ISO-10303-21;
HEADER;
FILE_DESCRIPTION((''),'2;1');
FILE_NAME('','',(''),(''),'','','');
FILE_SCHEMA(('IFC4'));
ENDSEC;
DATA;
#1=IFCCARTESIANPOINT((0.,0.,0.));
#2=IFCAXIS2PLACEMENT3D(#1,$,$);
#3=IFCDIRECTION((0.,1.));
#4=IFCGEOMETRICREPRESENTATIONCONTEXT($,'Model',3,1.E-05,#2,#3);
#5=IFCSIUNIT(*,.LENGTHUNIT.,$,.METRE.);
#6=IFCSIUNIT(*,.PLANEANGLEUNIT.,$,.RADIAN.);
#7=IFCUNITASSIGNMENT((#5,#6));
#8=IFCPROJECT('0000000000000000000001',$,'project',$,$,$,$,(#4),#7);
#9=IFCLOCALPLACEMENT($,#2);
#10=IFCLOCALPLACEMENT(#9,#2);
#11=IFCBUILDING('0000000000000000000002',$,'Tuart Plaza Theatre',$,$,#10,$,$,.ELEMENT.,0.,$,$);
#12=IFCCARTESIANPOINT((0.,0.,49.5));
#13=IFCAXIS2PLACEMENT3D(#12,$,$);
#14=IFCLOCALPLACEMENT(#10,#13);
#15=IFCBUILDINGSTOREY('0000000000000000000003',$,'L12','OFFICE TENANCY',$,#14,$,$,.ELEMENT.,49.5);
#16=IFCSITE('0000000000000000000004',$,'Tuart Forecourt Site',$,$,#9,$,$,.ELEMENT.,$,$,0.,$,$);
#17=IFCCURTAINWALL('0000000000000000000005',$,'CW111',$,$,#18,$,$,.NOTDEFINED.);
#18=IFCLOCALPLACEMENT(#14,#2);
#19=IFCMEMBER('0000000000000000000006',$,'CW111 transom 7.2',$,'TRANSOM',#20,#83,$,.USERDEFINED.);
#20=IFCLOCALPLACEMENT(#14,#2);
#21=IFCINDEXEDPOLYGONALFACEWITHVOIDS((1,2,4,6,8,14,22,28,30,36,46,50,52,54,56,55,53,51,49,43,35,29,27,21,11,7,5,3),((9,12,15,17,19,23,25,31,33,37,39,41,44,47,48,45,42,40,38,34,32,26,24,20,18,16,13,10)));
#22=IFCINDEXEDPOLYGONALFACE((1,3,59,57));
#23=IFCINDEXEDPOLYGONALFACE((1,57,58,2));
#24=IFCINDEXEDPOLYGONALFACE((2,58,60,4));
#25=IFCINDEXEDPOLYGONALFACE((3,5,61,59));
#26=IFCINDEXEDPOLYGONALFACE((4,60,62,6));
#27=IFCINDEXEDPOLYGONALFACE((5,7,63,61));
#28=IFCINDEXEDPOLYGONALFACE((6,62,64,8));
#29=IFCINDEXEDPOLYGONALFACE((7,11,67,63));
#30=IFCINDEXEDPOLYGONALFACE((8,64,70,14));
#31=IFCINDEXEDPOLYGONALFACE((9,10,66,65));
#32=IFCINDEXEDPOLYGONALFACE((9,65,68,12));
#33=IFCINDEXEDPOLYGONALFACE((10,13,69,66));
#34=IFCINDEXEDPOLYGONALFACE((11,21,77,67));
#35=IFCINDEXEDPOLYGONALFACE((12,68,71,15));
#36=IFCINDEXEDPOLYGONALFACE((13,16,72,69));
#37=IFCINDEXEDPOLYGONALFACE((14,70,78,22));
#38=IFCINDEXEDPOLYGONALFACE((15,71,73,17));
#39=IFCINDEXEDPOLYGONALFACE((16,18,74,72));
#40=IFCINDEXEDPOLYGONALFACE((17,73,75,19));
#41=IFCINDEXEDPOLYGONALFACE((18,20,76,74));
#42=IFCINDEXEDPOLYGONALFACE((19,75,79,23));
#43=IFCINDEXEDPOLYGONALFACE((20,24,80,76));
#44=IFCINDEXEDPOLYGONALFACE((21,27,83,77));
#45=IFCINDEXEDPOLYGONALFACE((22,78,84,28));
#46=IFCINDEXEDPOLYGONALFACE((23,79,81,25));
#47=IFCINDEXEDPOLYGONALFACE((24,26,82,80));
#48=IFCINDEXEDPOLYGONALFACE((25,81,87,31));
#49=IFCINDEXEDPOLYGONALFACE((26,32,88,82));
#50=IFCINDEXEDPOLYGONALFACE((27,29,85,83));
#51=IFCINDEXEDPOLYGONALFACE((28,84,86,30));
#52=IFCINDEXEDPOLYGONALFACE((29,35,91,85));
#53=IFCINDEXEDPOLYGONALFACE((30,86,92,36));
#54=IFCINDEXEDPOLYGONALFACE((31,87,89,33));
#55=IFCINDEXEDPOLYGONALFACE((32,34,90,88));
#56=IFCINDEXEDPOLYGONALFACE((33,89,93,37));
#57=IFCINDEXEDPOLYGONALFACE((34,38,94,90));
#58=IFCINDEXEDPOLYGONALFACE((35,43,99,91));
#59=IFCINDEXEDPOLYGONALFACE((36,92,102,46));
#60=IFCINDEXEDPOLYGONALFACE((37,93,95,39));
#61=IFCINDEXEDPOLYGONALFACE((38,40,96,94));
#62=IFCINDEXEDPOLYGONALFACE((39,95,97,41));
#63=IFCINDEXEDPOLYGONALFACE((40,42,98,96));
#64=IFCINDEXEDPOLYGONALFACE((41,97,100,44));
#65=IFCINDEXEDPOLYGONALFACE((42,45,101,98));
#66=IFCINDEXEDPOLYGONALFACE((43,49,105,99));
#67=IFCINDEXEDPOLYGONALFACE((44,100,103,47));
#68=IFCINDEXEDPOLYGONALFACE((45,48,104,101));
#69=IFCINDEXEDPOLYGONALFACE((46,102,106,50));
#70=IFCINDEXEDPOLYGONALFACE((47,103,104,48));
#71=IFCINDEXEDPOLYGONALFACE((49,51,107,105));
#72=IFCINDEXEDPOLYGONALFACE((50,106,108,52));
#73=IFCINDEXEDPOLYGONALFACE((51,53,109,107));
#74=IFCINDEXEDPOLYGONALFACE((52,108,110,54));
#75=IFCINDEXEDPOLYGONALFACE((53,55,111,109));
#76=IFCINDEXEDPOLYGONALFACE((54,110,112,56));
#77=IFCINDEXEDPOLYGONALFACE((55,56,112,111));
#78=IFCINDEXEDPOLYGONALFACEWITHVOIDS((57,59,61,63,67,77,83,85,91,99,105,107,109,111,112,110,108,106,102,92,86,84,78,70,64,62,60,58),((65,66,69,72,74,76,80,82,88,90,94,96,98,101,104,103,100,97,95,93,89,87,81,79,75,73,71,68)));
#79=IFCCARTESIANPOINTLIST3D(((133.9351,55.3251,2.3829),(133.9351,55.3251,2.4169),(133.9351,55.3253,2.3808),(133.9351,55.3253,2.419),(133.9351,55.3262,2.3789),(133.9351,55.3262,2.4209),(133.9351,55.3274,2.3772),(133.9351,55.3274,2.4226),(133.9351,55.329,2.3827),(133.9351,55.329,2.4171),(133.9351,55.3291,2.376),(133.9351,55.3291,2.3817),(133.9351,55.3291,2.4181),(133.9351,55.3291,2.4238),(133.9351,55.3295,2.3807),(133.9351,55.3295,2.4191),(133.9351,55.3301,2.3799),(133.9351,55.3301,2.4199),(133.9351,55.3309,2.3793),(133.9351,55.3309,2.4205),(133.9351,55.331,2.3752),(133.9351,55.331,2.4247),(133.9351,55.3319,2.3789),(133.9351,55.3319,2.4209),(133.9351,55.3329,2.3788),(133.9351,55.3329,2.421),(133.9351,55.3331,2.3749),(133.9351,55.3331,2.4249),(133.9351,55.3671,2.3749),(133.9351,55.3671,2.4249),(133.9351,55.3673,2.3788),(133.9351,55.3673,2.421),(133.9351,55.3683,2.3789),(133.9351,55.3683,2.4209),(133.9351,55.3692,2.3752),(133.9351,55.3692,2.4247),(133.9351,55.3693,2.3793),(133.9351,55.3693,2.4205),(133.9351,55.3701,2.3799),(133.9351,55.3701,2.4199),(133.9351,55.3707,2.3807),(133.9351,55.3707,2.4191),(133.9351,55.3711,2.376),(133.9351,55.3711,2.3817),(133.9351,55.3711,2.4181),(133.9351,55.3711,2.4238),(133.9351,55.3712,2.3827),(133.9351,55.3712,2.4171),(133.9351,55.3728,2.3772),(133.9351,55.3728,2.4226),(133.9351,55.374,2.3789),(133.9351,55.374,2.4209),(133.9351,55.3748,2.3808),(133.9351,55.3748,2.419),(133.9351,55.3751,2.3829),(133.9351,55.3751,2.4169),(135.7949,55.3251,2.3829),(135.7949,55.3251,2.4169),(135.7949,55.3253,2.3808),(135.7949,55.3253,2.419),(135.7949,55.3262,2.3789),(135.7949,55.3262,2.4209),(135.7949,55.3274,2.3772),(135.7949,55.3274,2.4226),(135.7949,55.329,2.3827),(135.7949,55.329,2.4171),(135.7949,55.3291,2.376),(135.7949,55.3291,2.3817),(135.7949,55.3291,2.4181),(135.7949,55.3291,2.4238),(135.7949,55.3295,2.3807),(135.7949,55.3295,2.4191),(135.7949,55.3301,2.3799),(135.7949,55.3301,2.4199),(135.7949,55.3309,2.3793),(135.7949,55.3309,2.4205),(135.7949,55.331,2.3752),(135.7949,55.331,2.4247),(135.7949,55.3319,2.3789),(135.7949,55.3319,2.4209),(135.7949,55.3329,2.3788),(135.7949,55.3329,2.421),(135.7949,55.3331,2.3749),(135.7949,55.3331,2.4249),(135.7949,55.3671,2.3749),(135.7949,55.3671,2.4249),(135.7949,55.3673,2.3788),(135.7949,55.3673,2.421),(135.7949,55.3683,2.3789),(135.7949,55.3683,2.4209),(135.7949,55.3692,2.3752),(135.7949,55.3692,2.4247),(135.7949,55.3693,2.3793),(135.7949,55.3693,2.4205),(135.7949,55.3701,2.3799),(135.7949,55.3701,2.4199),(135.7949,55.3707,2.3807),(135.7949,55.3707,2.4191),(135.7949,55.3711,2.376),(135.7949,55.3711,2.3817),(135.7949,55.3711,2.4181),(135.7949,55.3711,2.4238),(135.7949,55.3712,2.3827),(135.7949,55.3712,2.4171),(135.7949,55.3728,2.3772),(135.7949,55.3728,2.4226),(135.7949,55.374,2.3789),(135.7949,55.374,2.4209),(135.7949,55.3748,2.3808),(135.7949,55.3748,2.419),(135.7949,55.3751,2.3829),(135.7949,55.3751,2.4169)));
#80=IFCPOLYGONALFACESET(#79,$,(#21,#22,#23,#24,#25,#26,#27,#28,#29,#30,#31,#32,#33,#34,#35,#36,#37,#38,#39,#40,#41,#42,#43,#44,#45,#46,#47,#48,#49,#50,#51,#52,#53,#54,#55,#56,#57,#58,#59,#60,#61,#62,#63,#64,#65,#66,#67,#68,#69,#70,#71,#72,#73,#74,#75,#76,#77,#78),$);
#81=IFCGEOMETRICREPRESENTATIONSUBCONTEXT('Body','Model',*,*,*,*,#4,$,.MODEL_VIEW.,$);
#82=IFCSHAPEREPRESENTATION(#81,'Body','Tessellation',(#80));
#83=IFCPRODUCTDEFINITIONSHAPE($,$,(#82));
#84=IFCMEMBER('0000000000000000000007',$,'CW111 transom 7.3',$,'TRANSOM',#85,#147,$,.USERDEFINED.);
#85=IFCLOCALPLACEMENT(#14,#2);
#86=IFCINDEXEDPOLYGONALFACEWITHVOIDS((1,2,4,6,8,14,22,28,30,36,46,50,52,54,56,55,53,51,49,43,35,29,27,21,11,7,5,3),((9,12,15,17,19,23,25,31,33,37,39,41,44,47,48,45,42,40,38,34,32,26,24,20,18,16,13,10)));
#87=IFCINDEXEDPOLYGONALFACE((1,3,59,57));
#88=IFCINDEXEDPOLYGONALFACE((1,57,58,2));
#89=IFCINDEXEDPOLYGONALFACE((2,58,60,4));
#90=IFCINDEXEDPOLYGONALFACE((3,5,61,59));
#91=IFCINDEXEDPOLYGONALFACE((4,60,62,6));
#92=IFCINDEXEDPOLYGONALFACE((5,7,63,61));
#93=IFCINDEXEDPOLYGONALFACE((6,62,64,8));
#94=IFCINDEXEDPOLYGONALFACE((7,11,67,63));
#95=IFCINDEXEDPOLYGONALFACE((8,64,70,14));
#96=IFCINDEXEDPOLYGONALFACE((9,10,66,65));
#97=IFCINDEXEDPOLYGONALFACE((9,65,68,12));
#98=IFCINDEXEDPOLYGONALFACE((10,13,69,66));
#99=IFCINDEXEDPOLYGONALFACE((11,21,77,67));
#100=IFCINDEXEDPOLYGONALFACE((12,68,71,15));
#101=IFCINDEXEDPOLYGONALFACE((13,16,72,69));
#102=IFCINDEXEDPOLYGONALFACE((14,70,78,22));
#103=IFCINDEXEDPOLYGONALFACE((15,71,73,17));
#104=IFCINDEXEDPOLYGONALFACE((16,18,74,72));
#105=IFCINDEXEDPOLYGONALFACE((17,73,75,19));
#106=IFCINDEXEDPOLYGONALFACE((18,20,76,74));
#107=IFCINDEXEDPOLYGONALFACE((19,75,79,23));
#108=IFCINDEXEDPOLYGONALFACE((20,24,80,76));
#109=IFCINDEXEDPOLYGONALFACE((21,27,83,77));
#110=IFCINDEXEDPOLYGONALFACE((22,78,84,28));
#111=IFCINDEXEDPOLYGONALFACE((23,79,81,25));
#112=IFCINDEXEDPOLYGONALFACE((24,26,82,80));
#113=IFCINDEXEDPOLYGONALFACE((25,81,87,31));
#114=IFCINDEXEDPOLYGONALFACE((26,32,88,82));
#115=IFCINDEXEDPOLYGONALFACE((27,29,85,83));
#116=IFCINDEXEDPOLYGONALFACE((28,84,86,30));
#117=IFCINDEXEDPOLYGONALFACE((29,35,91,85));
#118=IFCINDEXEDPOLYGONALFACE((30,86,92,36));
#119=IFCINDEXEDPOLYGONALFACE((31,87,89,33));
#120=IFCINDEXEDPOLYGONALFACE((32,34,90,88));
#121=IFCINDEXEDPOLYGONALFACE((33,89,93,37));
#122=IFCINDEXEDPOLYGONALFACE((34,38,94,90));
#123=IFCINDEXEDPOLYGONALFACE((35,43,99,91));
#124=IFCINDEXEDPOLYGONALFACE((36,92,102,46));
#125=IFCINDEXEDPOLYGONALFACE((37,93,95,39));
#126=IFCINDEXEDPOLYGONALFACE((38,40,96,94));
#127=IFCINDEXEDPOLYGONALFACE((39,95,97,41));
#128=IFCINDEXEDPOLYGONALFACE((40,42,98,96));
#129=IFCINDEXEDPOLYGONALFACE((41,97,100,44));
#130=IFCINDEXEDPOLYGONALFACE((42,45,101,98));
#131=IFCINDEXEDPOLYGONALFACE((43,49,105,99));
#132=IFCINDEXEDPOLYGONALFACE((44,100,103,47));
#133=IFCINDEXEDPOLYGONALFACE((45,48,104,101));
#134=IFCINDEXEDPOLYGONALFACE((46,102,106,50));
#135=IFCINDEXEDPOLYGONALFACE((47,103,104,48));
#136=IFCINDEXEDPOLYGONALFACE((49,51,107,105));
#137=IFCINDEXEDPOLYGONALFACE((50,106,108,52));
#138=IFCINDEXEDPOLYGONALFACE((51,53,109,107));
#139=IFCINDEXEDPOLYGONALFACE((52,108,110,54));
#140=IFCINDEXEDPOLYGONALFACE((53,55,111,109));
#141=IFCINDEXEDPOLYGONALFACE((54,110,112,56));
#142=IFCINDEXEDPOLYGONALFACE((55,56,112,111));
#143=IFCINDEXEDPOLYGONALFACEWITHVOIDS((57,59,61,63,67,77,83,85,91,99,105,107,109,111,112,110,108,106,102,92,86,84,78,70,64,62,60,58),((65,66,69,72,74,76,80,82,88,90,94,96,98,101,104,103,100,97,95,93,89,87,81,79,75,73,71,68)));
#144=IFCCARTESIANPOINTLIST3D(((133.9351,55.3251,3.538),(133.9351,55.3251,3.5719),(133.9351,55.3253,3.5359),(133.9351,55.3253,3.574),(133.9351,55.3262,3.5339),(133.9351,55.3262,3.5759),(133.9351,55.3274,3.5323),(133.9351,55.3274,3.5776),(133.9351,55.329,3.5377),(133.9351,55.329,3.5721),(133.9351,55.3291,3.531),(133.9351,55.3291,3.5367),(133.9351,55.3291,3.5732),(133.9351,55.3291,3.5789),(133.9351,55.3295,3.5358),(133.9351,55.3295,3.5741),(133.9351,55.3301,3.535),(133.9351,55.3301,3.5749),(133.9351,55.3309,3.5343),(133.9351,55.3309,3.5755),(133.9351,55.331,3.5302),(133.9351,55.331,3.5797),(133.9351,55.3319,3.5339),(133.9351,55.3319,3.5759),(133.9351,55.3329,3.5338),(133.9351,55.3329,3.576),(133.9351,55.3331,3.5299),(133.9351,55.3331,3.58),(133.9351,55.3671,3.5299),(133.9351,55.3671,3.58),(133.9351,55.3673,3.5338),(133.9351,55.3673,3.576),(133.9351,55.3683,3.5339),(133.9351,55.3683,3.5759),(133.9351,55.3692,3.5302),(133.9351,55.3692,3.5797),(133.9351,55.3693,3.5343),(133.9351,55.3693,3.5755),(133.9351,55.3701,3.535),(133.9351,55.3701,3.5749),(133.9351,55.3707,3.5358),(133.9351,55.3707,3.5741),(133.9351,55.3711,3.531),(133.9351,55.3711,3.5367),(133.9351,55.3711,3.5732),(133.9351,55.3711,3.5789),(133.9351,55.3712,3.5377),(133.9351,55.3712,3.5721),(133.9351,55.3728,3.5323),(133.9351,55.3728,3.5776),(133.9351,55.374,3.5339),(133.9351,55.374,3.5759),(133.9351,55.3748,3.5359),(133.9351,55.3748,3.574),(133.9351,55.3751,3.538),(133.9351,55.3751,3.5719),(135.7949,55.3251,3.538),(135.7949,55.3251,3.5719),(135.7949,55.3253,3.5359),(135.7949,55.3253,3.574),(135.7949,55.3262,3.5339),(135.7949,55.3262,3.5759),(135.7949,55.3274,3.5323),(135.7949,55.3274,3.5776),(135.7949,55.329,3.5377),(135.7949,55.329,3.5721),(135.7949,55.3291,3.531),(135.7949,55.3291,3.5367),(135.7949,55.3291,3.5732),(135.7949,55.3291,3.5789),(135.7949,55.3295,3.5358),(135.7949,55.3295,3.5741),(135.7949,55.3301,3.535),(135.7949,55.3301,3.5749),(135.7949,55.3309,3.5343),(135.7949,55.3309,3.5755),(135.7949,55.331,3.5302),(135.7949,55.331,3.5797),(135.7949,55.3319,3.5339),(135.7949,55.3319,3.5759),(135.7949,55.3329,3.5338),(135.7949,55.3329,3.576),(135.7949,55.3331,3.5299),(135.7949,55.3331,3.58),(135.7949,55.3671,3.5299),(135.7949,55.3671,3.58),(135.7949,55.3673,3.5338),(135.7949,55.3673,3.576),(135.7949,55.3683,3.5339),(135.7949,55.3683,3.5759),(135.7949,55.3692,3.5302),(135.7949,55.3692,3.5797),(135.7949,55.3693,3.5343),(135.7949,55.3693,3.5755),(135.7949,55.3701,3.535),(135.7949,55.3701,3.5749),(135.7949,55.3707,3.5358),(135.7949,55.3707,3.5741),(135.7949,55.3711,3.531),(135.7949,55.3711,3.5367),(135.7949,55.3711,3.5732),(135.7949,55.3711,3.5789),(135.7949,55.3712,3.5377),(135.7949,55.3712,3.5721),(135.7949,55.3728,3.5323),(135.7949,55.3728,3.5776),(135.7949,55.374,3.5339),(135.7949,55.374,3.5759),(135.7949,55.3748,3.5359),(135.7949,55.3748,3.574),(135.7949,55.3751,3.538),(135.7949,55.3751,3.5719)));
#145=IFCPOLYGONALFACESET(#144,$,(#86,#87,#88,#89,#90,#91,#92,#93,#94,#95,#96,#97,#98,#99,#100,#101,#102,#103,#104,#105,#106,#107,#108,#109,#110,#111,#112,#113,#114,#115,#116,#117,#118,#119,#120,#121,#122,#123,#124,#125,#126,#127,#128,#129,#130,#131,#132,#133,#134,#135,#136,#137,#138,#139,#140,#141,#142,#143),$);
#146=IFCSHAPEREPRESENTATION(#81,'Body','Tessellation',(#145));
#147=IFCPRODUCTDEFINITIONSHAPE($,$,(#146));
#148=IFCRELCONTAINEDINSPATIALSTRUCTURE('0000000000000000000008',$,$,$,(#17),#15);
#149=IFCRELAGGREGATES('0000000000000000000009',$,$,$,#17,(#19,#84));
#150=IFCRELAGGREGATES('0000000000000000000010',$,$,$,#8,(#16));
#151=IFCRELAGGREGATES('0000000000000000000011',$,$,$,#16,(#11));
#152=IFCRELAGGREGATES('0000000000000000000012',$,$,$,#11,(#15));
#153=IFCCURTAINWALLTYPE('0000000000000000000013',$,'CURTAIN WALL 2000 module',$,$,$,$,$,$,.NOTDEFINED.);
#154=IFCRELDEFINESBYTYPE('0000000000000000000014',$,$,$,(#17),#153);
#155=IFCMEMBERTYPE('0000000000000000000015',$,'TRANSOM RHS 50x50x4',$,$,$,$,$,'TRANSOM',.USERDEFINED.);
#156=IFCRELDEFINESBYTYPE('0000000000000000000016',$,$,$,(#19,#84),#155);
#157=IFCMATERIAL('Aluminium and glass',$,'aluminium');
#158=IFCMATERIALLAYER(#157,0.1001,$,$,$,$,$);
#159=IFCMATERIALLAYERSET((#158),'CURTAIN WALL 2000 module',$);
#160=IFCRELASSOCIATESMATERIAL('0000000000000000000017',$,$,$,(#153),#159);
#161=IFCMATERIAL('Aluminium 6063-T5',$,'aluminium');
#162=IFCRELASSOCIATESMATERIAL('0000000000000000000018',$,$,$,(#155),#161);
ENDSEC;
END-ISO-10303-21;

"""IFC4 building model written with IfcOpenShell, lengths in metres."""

from ifc_helpers import new_model, si_unit, direction, frame, origin, origin_2d, place, context, subcontext, project, spatial, hollow_rectangle, extrude, material, layer, layer_set, material_profile, profile_set, type_object, element, aggregate, save


model = new_model("IFC4")

# Units and contexts
model_context = context("Model", 3, precision=1e-05, world=origin(), true_north=direction((0.0, 1.0)))
body_context = subcontext(model_context, "Body", "Model", "MODEL_VIEW")
ifc_project = project(units=[si_unit("LENGTHUNIT", "METRE"), si_unit("PLANEANGLEUNIT", "RADIAN")], contexts=[model_context])

# Site, building, storey
site_placement = place(None, origin())
site = spatial("IfcSite", under=ifc_project, at=site_placement, Name="Tuart Forecourt Site", CompositionType="ELEMENT", RefElevation=0.0)
building_placement = place(site_placement, origin())
building = spatial("IfcBuilding", under=site, at=building_placement, Name="Tuart Plaza Theatre", CompositionType="ELEMENT", ElevationOfRefHeight=0.0)
storey_placement = place(building_placement, frame((0.0, 0.0, 49.5)))
storey = spatial("IfcBuildingStorey", under=building, at=storey_placement, Name="L12", Description="OFFICE TENANCY", CompositionType="ELEMENT", Elevation=49.5)

# Shared definitions
ifc_material_1 = material(Name="Aluminium and glass", Category="aluminium")
ifc_layer_1 = layer(ifc_material_1, 0.1001)
ifc_layer_set_1 = layer_set([ifc_layer_1], Name="CURTAIN WALL 2000 module")
curtain_wall_type = type_object("IfcCurtainWallType", Name="CURTAIN WALL 2000 module", PredefinedType="NOTDEFINED", material=ifc_layer_set_1)

# Curtain wall
curtain_wall_1_placement = place(storey_placement, origin())
curtain_wall_1 = element("IfcCurtainWall", 1, at=curtain_wall_1_placement, inside=storey, type_object=curtain_wall_type, Name="CW111", PredefinedType="NOTDEFINED")

# Members
ifc_material_2 = material(Name="Aluminium 6063-T5", Category="aluminium")
ifc_material_profile_1 = material_profile(ifc_material_2, hollow_rectangle(XDim=0.05, YDim=0.05, WallThickness=0.0039, InnerFilletRadius=0.0039, OuterFilletRadius=0.0081, at=origin_2d()), Name="RHS 50x50x4")
ifc_profile_set_1 = profile_set([ifc_material_profile_1], Name="Aluminium 6063-T5")
member_type_1 = type_object("IfcMemberType", Name="TRANSOM RHS 50x50x4", ElementType="TRANSOM", PredefinedType="USERDEFINED", material=ifc_profile_set_1)
member_1_placement = place(storey_placement, frame((133.9351, 55.3501, 2.3999), z_axis=(1.0, 0.0, 0.0), x_axis=(0.0, 1.0, 0.0)))
member_1 = element("IfcMember", 2, at=member_1_placement, type_object=member_type_1, Name="CW111 transom 7.2", ObjectType="TRANSOM", PredefinedType="USERDEFINED", context=body_context, shape_type="SweptSolid", body=[
    extrude(hollow_rectangle(XDim=0.05, YDim=0.05, WallThickness=0.0039, InnerFilletRadius=0.0039, OuterFilletRadius=0.0081, at=origin_2d()), origin(), (0.0, 0.0, 1.0), 1.8599),
])
member_2_placement = place(storey_placement, frame((133.9351, 55.3501, 3.5549), z_axis=(1.0, 0.0, 0.0), x_axis=(0.0, 1.0, 0.0)))
member_2 = element("IfcMember", 3, at=member_2_placement, type_object=member_type_1, Name="CW111 transom 7.3", ObjectType="TRANSOM", PredefinedType="USERDEFINED", context=body_context, shape_type="SweptSolid", body=[
    extrude(hollow_rectangle(XDim=0.05, YDim=0.05, WallThickness=0.0039, InnerFilletRadius=0.0039, OuterFilletRadius=0.0081, at=origin_2d()), origin(), (0.0, 0.0, 1.0), 1.8599),
])

aggregate(curtain_wall_1, [member_1, member_2])

save(model, "model.ifc")
